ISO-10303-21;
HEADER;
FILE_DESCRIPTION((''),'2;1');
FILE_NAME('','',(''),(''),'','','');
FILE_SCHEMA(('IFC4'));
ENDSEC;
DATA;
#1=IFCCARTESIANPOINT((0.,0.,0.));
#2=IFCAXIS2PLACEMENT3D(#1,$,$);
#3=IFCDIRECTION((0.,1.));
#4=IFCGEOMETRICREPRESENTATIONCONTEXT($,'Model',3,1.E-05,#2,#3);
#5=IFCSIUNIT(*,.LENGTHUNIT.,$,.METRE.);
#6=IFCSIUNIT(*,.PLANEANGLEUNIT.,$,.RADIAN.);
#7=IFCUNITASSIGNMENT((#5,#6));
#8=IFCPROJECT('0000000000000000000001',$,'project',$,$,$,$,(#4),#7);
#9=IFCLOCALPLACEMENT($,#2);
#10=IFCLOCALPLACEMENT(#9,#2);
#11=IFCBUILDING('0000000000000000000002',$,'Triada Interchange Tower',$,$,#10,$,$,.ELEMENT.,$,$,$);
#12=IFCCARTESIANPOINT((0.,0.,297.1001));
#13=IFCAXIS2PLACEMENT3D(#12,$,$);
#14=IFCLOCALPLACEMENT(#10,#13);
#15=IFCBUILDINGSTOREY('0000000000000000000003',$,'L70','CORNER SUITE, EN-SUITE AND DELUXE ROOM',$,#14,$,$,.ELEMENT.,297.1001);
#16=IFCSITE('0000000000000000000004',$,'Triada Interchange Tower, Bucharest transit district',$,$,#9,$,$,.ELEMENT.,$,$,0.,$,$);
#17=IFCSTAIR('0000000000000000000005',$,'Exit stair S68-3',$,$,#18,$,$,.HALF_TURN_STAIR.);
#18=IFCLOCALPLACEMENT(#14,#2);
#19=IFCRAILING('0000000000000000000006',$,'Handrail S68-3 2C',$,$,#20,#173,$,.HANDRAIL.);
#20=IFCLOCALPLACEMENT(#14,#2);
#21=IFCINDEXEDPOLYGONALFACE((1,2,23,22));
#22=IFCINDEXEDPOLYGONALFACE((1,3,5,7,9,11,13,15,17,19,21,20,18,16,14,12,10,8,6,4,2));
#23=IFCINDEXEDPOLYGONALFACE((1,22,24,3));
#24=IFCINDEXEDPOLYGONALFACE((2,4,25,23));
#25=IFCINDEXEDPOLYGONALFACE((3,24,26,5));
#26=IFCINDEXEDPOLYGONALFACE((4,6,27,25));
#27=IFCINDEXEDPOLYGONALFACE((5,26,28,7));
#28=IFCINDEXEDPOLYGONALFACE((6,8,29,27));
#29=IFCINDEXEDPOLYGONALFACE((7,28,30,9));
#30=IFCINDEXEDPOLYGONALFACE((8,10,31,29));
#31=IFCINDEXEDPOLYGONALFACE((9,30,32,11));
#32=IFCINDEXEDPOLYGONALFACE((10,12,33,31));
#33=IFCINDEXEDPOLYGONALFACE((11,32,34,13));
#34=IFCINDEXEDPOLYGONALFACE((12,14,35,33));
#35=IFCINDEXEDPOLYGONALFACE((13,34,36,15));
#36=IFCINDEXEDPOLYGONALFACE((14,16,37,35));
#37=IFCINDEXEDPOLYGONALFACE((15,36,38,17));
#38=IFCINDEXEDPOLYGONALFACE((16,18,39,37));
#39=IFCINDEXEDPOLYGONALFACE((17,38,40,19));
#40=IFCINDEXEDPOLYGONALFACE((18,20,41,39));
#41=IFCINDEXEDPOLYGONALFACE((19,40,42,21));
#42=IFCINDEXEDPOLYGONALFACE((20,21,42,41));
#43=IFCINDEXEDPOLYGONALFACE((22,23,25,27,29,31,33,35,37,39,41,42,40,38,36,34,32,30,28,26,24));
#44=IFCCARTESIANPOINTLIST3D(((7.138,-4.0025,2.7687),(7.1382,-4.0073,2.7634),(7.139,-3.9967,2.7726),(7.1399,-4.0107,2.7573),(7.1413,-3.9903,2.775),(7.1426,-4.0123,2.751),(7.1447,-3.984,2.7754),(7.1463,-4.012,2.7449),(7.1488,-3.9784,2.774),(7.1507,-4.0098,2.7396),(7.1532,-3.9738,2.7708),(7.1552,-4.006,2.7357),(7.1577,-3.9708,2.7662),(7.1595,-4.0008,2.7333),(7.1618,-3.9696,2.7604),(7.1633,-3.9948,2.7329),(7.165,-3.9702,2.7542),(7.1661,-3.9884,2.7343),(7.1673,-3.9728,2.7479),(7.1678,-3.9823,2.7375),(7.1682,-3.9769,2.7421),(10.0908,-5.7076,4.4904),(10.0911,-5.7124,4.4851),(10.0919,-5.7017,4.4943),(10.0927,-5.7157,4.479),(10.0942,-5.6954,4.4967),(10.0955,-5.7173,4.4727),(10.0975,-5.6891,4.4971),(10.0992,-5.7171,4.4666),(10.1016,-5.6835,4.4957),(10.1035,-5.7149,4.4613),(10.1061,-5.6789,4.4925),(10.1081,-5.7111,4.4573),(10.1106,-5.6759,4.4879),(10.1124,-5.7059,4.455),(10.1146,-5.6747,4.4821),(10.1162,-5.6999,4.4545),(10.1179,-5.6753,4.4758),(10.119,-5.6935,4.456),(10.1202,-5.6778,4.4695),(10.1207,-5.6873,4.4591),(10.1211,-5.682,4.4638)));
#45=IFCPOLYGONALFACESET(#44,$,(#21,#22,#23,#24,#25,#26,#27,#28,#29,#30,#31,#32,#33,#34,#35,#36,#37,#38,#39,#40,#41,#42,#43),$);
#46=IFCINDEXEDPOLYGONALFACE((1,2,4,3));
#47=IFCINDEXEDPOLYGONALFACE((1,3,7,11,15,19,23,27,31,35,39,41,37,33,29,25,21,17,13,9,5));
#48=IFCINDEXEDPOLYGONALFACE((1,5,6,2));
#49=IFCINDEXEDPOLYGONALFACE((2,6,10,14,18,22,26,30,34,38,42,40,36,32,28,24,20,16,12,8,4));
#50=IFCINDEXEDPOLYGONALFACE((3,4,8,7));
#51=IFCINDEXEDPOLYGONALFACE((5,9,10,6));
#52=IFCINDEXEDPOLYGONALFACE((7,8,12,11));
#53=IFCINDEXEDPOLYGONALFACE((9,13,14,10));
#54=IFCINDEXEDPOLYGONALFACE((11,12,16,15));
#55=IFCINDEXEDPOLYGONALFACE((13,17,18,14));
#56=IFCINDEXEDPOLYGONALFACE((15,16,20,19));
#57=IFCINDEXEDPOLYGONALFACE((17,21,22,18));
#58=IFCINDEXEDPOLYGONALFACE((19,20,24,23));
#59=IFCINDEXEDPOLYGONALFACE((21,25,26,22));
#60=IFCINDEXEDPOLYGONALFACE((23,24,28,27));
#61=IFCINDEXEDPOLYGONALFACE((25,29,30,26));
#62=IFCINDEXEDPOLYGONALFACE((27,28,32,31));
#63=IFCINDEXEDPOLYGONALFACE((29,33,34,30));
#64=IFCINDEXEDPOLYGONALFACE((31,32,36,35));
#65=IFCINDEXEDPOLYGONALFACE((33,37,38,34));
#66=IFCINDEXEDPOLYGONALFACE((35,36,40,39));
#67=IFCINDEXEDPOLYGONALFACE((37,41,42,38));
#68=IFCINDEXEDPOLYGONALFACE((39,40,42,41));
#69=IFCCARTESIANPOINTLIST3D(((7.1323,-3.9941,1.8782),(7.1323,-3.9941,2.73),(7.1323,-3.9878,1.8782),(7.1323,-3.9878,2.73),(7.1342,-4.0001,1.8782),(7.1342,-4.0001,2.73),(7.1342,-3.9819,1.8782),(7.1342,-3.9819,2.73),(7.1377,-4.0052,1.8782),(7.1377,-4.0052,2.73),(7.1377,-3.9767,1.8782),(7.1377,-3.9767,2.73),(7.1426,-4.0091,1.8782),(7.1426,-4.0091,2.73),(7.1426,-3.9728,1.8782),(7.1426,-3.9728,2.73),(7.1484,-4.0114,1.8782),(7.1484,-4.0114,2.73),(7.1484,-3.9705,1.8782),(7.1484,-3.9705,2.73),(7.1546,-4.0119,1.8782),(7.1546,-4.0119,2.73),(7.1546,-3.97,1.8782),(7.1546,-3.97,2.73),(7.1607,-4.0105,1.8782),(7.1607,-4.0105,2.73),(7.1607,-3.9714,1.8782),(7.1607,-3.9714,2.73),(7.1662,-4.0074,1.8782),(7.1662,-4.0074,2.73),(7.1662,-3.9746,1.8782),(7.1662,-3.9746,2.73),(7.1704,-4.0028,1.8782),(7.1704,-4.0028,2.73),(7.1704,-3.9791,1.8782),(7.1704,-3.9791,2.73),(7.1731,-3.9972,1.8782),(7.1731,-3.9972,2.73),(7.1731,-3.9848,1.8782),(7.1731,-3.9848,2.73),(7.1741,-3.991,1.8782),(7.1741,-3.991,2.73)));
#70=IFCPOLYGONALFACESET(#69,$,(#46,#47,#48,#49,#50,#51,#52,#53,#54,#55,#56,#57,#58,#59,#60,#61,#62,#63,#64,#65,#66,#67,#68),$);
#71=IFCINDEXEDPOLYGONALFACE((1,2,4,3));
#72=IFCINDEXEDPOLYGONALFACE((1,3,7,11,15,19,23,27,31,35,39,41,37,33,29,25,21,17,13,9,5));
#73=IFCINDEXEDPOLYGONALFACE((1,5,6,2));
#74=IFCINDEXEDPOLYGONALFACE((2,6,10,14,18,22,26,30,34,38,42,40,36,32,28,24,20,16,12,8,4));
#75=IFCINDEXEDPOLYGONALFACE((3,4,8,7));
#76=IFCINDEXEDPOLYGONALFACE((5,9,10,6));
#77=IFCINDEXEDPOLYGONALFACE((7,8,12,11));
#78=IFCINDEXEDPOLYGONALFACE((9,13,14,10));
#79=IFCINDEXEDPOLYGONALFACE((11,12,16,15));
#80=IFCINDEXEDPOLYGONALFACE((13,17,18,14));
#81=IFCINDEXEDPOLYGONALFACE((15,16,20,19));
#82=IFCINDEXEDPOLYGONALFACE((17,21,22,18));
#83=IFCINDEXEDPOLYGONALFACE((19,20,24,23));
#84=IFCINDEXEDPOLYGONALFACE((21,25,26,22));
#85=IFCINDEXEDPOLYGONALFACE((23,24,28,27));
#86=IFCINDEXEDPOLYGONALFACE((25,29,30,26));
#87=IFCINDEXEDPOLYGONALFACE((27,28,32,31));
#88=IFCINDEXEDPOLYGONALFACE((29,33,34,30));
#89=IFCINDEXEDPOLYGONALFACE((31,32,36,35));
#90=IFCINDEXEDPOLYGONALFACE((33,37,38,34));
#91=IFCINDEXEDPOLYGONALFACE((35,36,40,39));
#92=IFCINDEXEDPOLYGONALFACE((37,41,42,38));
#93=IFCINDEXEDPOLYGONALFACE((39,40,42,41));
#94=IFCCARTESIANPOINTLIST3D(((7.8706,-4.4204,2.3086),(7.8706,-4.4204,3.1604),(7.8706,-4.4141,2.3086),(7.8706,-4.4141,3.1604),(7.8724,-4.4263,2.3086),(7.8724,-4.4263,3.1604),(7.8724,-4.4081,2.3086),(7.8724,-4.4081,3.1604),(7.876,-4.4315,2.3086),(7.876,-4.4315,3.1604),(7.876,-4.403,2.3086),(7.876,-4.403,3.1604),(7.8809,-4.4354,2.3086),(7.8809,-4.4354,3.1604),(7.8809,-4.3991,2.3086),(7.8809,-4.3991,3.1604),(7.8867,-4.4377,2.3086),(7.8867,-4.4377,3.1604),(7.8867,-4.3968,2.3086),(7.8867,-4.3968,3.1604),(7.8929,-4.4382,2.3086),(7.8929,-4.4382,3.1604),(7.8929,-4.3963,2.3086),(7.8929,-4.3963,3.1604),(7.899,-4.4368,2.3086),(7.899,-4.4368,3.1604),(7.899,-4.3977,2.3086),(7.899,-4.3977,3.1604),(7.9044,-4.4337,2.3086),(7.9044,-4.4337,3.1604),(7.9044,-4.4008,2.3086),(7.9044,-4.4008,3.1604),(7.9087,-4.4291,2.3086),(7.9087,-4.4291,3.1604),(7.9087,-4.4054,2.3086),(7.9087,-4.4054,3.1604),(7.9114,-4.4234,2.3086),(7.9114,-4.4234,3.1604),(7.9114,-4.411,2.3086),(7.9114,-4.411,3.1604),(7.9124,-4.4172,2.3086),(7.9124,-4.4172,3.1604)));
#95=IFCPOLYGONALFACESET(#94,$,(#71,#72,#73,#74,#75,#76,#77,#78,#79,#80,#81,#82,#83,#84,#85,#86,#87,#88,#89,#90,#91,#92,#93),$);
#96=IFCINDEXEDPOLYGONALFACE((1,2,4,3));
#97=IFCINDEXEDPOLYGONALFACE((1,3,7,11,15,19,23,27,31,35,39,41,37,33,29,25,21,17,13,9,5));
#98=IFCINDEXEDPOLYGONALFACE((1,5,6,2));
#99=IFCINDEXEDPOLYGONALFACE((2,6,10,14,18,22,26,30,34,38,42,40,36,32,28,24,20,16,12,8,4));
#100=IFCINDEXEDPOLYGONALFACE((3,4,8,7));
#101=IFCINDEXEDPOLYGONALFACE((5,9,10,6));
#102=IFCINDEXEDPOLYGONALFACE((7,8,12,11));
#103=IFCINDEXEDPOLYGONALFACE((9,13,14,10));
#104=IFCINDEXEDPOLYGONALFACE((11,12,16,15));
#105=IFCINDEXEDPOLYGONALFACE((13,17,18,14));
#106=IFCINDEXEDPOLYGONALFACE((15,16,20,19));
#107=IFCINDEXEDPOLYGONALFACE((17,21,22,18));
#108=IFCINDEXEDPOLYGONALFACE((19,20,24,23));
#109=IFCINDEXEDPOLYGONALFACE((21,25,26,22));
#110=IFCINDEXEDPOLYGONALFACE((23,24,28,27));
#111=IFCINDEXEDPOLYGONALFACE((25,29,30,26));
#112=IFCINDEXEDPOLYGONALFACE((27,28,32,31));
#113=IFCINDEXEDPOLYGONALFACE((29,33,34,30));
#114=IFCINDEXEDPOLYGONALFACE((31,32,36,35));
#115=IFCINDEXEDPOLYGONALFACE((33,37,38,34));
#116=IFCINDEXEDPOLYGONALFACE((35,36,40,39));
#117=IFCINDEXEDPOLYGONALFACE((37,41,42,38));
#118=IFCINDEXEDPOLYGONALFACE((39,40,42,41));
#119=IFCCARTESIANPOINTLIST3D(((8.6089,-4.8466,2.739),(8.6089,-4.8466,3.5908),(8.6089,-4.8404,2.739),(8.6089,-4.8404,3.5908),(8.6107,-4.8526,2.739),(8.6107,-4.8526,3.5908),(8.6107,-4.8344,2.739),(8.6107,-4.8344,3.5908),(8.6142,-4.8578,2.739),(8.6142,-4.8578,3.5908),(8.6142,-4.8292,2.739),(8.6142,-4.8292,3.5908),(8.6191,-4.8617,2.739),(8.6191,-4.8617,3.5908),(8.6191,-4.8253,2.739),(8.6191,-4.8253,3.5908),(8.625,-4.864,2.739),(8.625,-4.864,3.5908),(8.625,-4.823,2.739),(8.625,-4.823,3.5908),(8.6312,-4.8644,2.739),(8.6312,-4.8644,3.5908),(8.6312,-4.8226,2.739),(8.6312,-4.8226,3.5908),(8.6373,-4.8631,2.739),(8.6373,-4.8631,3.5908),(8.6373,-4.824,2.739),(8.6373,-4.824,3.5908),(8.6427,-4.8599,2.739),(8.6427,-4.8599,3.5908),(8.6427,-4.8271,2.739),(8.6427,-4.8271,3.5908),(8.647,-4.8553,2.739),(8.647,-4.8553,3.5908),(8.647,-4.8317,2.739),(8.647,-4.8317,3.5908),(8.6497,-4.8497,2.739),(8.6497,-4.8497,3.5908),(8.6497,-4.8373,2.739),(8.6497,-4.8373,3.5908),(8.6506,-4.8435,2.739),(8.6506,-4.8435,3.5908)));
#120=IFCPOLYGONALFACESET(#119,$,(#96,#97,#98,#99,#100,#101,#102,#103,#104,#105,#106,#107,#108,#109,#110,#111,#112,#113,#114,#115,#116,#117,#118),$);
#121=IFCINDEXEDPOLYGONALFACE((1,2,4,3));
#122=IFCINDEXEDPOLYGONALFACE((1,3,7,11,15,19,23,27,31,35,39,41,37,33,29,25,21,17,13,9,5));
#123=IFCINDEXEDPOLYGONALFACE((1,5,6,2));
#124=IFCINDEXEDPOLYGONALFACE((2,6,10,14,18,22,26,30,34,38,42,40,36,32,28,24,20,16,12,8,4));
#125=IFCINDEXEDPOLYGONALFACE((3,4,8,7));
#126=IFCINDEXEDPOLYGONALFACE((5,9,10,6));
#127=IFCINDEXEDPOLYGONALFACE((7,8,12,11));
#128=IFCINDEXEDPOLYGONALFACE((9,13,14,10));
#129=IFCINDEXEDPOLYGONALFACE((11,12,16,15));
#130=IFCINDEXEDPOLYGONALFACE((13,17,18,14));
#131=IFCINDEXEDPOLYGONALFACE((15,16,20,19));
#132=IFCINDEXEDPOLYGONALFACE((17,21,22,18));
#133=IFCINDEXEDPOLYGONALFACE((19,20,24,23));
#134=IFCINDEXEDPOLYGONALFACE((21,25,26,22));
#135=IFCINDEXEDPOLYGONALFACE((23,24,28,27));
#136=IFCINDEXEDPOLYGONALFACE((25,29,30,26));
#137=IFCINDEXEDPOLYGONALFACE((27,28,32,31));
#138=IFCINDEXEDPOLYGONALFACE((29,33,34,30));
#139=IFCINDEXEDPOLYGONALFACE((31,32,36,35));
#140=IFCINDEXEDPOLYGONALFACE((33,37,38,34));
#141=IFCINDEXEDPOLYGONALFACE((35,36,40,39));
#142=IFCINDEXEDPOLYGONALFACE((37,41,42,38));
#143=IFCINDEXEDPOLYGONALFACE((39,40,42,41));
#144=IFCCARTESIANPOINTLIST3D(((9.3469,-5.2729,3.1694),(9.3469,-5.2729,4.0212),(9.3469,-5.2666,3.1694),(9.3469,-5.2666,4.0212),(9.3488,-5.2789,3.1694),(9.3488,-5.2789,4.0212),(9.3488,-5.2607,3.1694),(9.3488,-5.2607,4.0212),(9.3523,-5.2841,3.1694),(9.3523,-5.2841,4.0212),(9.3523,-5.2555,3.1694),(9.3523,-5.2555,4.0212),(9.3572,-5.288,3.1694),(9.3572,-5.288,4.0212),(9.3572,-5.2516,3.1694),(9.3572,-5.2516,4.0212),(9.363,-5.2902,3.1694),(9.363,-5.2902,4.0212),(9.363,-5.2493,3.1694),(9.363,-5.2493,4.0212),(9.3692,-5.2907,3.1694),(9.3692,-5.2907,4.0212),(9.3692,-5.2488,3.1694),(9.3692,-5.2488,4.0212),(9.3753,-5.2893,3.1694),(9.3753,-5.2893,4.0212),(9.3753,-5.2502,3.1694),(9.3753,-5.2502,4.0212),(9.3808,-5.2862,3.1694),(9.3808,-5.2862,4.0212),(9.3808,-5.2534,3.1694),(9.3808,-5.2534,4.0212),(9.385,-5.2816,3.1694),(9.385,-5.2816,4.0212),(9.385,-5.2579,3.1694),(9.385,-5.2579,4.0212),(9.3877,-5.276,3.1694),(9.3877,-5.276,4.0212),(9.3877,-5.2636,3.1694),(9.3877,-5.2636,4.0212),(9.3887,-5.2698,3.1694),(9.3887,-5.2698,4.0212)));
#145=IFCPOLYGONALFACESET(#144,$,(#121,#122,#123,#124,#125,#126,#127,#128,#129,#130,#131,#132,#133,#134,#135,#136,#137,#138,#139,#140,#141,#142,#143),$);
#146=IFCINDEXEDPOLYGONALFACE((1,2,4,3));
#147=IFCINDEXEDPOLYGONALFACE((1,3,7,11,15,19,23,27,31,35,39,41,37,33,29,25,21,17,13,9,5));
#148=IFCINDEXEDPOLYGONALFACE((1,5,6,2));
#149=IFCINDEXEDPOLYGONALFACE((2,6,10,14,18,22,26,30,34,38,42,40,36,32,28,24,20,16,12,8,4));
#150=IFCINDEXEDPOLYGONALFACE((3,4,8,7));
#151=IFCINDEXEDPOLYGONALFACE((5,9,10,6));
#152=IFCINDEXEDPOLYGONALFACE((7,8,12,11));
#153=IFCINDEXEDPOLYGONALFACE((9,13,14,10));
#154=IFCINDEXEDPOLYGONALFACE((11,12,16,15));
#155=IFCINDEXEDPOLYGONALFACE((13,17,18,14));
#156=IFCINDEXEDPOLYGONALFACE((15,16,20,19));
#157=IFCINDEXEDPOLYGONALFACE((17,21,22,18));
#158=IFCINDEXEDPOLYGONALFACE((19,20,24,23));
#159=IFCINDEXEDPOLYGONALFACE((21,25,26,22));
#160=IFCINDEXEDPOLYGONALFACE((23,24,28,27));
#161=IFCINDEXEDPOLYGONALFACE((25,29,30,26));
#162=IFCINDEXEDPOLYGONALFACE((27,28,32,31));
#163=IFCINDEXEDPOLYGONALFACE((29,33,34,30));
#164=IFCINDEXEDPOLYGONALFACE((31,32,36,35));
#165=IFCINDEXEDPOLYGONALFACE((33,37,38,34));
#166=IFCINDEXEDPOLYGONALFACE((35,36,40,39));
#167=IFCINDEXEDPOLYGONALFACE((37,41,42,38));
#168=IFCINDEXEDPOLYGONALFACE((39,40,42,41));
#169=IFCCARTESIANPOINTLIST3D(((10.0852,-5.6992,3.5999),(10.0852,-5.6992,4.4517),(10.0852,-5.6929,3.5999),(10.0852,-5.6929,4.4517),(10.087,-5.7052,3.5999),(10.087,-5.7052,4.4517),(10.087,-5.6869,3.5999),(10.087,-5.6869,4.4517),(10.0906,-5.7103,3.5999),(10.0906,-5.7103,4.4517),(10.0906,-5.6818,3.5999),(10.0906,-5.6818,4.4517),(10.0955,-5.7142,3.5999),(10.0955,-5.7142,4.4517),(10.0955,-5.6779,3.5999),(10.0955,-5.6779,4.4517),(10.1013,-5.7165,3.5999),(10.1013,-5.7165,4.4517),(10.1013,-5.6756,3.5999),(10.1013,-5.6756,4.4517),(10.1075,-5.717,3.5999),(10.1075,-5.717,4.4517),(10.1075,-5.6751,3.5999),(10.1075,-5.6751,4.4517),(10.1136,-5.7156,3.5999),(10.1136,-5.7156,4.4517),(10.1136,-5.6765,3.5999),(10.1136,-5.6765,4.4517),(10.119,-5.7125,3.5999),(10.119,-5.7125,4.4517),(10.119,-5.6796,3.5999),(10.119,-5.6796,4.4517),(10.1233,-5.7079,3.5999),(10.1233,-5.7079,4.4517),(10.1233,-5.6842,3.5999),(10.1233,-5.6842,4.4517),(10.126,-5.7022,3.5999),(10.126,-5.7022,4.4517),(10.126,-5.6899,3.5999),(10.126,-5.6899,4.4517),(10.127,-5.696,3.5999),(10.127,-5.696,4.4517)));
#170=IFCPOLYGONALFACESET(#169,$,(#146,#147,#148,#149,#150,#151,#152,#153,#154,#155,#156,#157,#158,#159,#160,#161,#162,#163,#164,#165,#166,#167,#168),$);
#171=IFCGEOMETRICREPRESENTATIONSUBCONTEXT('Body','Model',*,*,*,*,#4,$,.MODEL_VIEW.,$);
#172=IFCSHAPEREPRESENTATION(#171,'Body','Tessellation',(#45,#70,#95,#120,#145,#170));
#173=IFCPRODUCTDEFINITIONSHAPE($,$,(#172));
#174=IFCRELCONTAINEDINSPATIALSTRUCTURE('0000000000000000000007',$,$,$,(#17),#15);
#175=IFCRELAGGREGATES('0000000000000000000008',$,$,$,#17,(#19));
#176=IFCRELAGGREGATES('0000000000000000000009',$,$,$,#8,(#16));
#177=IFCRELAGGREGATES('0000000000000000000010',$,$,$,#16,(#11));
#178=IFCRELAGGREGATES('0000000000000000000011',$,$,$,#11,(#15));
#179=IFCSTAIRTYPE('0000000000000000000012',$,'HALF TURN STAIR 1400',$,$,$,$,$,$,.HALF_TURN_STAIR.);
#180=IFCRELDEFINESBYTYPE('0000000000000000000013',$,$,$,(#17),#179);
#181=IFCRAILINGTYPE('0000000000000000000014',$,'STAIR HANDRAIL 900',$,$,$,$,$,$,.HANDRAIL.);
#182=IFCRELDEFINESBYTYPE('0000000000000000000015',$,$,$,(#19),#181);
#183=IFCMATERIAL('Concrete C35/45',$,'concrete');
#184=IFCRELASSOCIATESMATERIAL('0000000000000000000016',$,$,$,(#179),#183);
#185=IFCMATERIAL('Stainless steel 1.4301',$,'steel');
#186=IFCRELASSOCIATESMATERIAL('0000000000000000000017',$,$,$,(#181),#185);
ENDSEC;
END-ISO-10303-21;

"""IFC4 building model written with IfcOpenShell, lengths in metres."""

from ifc_helpers import new_model, si_unit, direction, frame, origin, origin_2d, place, context, subcontext, project, spatial, circle, extrude, material, type_object, element, aggregate, save


model = new_model("IFC4")

# Units and contexts
model_context = context("Model", 3, precision=1e-05, world=origin(), true_north=direction((0.0, 1.0)))
body_context = subcontext(model_context, "Body", "Model", "MODEL_VIEW")
ifc_project = project(units=[si_unit("LENGTHUNIT", "METRE"), si_unit("PLANEANGLEUNIT", "RADIAN")], contexts=[model_context])

# Site, building, storey
site_placement = place(None, origin())
site = spatial("IfcSite", under=ifc_project, at=site_placement, Name="Triada Interchange Tower, Bucharest transit district", CompositionType="ELEMENT", RefElevation=0.0)
building_placement = place(site_placement, origin())
building = spatial("IfcBuilding", under=site, at=building_placement, Name="Triada Interchange Tower", CompositionType="ELEMENT")
storey_placement = place(building_placement, frame((0.0, 0.0, 297.1001)))
storey = spatial("IfcBuildingStorey", under=building, at=storey_placement, Name="L70", Description="CORNER SUITE, EN-SUITE AND DELUXE ROOM", CompositionType="ELEMENT", Elevation=297.1001)

# Stair, railing
ifc_material_1 = material(Name="Concrete C35/45", Category="concrete")
stair_type = type_object("IfcStairType", Name="HALF TURN STAIR 1400", PredefinedType="HALF_TURN_STAIR", material=ifc_material_1)
stair_placement = place(storey_placement, origin())
stair = element("IfcStair", 1, at=stair_placement, inside=storey, type_object=stair_type, Name="Exit stair S68-3", PredefinedType="HALF_TURN_STAIR")
ifc_material_2 = material(Name="Stainless steel 1.4301", Category="steel")
railing_type = type_object("IfcRailingType", Name="STAIR HANDRAIL 900", PredefinedType="HANDRAIL", material=ifc_material_2)
railing_1_placement = place(storey_placement, frame((7.1531, -3.991, 1.8782)))
railing_1 = element("IfcRailing", 2, at=railing_1_placement, type_object=railing_type, Name="Handrail S68-3 2C", PredefinedType="HANDRAIL", context=body_context, shape_type="SweptSolid", body=[
    extrude(circle(Radius=0.0239, at=origin_2d()), frame((0.0, 0.0, 0.876), z_axis=(0.773043, -0.446377, 0.450723), x_axis=(0.500051, 0.865996, 0.0)), (0.0, 0.0, 1.0), 3.8198),
    extrude(circle(Radius=0.021, at=origin_2d()), origin(), (0.0, 0.0, 1.0), 0.8518),
    extrude(circle(Radius=0.021, at=origin_2d()), frame((0.7383, -0.4263, 0.4304)), (0.0, 0.0, 1.0), 0.8518),
    extrude(circle(Radius=0.021, at=origin_2d()), frame((1.4766, -0.8525, 0.8608)), (0.0, 0.0, 1.0), 0.8518),
    extrude(circle(Radius=0.021, at=origin_2d()), frame((2.2146, -1.2788, 1.2913)), (0.0, 0.0, 1.0), 0.8518),
    extrude(circle(Radius=0.021, at=origin_2d()), frame((2.9529, -1.7051, 1.7217)), (0.0, 0.0, 1.0), 0.8518),
])
aggregate(stair, [railing_1])

save(model, "model.ifc")
